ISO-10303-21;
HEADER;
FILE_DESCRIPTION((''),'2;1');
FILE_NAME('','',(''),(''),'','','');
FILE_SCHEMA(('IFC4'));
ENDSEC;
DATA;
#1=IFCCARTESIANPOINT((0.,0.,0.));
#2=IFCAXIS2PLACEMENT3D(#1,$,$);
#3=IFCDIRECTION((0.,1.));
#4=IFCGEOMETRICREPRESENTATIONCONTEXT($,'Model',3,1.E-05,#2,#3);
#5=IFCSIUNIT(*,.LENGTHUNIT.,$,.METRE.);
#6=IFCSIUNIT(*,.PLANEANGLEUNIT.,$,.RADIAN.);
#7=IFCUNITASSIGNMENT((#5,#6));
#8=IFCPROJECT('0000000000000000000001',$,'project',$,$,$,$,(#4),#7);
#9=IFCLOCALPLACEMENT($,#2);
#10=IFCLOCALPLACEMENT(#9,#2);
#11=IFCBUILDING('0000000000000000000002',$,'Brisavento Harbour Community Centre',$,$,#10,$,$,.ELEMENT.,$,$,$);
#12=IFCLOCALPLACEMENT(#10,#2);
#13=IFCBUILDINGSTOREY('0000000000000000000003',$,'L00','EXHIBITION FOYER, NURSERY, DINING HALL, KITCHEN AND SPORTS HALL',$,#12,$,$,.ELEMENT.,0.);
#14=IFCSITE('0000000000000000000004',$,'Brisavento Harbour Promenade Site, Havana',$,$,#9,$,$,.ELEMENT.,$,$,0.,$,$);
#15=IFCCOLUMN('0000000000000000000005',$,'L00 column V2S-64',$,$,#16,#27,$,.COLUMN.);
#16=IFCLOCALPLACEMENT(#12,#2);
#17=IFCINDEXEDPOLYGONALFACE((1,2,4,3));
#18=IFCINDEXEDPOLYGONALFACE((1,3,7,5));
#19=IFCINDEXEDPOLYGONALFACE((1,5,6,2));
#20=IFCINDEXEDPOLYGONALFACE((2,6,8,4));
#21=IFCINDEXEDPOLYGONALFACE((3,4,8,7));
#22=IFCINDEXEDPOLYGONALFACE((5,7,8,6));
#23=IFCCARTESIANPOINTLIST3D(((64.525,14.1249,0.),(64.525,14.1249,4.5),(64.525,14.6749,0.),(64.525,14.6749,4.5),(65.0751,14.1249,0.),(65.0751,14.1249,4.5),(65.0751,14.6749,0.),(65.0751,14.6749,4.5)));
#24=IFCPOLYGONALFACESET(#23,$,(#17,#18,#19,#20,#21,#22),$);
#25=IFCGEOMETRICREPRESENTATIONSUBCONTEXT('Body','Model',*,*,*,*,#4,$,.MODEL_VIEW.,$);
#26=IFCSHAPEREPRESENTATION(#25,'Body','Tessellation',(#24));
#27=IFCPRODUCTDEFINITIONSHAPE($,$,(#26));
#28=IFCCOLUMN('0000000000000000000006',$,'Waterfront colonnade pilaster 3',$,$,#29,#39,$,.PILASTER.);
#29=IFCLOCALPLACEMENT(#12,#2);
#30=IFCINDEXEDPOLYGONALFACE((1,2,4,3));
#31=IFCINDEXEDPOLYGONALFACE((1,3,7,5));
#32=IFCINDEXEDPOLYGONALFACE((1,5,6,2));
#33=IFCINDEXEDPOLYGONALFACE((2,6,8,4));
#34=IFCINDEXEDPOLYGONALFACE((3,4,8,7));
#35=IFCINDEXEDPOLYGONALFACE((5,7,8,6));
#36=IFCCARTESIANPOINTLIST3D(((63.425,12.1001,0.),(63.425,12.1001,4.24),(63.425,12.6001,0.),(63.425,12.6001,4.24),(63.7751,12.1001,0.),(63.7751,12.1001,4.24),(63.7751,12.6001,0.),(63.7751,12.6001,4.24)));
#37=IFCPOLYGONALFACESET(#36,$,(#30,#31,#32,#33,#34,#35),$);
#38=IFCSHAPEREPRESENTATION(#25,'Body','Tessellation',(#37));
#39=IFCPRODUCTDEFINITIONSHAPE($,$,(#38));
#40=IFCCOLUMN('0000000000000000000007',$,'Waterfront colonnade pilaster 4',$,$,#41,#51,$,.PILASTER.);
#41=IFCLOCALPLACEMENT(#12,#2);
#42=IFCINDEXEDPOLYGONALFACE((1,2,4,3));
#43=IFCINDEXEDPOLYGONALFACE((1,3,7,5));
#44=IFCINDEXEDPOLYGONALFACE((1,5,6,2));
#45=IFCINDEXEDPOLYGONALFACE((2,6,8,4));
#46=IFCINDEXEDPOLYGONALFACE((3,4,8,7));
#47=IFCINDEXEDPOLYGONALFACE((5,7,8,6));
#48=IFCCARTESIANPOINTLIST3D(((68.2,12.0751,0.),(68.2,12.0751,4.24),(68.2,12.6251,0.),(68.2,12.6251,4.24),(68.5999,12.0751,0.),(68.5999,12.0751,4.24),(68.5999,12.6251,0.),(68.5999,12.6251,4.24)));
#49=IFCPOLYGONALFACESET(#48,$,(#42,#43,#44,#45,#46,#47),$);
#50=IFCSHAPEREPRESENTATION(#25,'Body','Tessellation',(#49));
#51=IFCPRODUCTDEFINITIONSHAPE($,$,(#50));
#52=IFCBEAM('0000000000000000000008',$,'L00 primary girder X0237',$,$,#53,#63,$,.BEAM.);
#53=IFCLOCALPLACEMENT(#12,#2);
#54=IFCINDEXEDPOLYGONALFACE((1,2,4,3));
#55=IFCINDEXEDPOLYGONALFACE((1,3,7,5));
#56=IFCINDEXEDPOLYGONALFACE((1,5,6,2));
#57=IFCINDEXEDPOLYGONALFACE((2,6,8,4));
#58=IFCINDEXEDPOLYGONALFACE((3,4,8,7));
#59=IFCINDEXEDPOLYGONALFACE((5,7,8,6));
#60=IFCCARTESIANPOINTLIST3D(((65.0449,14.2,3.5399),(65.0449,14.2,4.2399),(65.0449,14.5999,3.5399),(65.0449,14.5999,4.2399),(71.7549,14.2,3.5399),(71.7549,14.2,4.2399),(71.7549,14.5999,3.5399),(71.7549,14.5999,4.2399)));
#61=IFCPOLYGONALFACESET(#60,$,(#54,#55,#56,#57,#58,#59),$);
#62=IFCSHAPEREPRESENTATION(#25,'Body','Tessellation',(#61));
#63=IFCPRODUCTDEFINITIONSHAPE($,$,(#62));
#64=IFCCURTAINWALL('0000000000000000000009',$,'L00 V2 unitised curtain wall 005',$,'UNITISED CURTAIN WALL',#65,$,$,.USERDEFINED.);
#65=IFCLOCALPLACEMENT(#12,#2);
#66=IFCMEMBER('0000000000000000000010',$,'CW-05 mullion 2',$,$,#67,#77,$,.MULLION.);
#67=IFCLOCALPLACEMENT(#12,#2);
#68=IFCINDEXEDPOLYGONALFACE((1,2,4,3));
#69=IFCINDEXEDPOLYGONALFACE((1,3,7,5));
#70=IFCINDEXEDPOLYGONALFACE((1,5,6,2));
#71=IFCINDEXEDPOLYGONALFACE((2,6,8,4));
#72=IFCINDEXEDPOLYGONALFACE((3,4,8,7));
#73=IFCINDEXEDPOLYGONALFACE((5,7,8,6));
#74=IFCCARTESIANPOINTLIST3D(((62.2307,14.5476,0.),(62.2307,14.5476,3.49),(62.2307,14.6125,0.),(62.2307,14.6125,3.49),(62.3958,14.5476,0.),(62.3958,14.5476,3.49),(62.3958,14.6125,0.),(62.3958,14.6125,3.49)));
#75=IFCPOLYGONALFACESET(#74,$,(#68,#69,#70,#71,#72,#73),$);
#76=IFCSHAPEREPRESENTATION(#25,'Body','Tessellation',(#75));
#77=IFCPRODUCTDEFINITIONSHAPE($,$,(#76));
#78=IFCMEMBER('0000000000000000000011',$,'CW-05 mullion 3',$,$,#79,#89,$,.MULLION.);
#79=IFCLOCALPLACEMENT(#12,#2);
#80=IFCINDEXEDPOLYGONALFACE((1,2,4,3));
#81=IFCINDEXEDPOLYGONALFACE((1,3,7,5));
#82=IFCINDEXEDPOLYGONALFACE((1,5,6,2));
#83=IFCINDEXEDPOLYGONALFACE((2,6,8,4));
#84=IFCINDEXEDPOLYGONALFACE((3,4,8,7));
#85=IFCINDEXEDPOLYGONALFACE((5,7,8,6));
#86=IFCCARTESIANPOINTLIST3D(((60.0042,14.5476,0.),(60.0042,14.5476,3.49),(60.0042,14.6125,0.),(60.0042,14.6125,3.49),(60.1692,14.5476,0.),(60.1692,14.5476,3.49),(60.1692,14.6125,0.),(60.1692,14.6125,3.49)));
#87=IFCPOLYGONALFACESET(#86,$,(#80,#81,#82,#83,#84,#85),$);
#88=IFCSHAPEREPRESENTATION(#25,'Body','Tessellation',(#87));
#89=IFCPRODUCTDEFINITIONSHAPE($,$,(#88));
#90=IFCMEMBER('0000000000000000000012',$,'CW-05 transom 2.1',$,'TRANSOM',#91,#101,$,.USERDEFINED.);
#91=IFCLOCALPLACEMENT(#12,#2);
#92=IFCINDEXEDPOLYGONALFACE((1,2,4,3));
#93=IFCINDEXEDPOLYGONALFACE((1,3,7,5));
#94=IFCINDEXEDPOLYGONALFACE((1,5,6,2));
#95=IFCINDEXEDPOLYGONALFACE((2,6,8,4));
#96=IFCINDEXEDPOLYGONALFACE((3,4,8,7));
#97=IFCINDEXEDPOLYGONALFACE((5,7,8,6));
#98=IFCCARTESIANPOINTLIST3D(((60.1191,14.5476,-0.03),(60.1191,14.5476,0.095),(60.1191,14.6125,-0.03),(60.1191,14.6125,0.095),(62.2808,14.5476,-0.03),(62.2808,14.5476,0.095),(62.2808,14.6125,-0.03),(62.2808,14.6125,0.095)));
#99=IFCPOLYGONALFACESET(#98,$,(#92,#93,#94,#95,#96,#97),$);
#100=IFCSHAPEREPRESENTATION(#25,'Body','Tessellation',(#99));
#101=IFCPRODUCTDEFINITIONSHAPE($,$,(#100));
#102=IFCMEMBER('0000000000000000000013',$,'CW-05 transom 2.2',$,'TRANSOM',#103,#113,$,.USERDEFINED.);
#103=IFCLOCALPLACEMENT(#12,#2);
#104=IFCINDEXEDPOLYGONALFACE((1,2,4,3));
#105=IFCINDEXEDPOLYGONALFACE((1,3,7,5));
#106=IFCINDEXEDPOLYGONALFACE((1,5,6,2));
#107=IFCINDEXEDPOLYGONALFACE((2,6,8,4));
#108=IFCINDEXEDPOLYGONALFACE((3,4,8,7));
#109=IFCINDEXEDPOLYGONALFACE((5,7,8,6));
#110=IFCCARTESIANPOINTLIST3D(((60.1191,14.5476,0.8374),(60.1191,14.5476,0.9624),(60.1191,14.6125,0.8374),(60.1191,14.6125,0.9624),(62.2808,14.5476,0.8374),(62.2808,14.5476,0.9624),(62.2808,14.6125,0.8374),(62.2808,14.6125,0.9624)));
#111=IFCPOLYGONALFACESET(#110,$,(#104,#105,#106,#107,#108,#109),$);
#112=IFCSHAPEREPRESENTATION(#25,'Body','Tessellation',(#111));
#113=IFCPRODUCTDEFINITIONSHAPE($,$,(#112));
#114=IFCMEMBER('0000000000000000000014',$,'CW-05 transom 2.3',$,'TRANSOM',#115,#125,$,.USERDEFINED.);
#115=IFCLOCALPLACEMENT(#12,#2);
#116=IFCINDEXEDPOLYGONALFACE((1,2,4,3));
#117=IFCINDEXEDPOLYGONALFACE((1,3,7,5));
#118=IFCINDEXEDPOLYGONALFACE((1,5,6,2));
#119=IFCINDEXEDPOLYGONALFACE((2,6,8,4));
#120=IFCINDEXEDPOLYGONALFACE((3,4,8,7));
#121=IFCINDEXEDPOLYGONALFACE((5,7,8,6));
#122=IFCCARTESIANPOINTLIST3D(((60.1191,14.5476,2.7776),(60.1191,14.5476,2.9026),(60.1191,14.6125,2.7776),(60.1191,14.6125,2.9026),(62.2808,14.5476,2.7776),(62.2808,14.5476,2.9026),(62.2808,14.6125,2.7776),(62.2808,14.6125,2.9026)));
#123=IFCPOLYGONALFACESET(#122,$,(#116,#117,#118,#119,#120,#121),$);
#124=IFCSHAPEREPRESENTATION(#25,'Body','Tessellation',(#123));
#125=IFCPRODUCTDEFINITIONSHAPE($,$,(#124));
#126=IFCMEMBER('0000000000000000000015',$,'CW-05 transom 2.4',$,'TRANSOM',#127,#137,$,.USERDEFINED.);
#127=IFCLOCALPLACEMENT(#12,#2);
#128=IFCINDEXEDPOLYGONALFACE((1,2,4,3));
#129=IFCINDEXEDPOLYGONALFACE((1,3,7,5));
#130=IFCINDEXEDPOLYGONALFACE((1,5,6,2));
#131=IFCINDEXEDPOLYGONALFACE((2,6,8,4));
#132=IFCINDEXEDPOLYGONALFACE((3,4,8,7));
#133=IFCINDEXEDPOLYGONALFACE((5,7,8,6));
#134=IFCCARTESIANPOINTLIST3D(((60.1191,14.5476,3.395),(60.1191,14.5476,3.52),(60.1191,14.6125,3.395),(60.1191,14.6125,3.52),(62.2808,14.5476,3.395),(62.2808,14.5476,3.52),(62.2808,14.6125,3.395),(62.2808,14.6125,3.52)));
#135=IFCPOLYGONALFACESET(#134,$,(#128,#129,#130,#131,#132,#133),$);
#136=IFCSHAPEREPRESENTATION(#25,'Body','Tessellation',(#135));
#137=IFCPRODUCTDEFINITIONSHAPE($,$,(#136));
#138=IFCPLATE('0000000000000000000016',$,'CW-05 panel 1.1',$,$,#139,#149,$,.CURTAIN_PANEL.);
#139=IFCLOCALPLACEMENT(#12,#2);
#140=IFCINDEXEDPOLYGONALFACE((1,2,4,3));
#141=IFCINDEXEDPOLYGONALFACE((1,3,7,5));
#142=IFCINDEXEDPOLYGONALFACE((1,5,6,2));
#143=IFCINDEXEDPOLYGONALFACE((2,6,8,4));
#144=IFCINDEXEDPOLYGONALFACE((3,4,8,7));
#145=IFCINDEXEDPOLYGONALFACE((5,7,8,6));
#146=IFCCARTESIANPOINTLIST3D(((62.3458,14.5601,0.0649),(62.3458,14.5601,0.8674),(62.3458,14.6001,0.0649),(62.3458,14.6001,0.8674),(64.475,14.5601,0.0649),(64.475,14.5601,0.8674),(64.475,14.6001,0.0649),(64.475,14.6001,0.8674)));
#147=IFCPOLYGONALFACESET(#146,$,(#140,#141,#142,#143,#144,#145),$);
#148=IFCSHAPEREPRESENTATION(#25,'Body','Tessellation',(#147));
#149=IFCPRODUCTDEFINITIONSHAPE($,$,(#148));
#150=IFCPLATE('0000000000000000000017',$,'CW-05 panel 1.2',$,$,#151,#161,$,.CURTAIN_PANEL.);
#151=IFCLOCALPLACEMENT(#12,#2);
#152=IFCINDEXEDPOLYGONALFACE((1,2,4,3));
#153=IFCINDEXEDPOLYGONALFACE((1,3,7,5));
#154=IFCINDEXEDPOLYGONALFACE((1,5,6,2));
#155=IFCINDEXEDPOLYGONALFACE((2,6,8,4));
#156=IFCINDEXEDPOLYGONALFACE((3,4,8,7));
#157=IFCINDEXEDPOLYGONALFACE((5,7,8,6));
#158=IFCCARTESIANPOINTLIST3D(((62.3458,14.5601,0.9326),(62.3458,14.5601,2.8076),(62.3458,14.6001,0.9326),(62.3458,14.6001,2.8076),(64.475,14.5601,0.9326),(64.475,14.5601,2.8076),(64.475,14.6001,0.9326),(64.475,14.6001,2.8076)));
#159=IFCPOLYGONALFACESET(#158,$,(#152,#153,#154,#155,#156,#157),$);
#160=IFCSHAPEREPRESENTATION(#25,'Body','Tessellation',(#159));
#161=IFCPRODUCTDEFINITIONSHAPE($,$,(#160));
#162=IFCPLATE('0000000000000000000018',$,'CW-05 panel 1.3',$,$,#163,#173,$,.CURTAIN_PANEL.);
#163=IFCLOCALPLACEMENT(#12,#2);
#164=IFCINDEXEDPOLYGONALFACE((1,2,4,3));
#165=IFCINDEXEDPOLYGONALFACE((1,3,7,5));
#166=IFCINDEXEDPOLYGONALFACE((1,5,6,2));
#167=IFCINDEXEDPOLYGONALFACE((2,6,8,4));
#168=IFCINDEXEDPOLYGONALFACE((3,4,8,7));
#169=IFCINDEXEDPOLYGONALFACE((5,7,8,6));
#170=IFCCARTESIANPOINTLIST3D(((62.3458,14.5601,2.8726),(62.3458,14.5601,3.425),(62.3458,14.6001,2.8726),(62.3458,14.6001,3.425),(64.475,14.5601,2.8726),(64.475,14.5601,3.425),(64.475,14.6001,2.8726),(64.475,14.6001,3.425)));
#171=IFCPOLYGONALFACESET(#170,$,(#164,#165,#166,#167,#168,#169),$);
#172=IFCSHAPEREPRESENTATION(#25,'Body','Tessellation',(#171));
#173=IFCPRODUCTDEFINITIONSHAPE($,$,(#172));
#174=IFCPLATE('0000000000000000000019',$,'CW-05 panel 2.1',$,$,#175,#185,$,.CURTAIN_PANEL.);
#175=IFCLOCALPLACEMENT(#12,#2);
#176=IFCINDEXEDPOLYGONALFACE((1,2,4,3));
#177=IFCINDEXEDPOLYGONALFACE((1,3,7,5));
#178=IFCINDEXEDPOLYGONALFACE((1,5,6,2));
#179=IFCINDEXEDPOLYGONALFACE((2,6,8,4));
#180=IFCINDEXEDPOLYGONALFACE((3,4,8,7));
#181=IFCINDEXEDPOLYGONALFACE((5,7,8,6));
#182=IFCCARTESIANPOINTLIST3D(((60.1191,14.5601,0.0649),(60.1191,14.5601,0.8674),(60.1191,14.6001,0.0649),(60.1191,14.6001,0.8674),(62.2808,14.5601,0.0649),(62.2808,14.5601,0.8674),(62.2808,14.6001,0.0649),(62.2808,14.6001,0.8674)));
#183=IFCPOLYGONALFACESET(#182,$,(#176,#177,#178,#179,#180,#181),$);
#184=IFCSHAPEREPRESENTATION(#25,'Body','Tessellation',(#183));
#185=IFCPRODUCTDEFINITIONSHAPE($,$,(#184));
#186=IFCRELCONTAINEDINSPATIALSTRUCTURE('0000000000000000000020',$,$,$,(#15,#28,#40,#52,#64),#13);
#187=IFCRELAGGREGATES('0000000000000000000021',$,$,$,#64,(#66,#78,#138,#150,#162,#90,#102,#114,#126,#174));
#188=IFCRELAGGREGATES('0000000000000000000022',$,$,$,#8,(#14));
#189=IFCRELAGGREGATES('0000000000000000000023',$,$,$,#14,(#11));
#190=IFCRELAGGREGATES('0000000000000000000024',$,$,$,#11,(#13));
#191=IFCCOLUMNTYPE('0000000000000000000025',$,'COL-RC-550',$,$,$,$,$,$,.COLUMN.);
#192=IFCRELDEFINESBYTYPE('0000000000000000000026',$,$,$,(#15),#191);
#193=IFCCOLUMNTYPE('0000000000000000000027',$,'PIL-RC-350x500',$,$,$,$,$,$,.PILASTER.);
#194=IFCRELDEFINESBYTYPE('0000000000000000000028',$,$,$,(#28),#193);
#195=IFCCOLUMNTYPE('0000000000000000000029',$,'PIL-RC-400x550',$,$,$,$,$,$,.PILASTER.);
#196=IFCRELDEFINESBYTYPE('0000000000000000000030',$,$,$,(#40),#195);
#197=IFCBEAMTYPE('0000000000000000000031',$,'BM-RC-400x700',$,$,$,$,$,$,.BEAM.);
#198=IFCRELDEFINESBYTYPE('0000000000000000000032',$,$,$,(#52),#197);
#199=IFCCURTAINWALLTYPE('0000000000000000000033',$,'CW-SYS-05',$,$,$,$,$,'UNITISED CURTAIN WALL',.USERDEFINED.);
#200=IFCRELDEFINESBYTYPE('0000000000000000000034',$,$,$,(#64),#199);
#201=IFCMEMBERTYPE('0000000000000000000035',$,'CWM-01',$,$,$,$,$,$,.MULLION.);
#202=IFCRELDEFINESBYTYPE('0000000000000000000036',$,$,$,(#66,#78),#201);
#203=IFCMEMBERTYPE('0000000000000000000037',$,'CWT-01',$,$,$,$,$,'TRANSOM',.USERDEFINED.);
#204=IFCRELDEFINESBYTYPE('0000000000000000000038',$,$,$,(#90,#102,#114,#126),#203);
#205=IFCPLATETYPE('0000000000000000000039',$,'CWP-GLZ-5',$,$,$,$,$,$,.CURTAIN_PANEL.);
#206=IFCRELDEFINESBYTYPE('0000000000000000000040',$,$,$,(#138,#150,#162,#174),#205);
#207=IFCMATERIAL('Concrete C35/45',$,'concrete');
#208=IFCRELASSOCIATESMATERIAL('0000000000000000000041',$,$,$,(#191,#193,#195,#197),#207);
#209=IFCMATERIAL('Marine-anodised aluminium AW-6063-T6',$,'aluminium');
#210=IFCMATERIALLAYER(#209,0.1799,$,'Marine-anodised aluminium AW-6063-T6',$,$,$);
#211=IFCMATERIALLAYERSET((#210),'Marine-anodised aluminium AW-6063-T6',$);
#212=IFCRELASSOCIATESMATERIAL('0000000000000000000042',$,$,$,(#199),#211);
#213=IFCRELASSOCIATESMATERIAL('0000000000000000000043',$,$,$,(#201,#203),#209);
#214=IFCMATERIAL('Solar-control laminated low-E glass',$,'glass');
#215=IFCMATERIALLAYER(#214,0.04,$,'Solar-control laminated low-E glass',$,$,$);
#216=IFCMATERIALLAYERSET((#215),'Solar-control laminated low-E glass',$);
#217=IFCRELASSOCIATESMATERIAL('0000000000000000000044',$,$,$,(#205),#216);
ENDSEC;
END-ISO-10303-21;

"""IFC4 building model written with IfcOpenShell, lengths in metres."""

from ifc_helpers import new_model, si_unit, direction, frame, origin, origin_2d, place, context, subcontext, project, spatial, rectangle, extrude, material, layer, layer_set, material_profile, profile_set, type_object, element, aggregate, save


model = new_model("IFC4")

# Units and contexts
model_context = context("Model", 3, precision=1e-05, world=origin(), true_north=direction((0.0, 1.0)))
body_context = subcontext(model_context, "Body", "Model", "MODEL_VIEW")
ifc_project = project(units=[si_unit("LENGTHUNIT", "METRE"), si_unit("PLANEANGLEUNIT", "RADIAN")], contexts=[model_context])

# Site, building, storey
site_placement = place(None, origin())
site = spatial("IfcSite", under=ifc_project, at=site_placement, Name="Brisavento Harbour Promenade Site, Havana", CompositionType="ELEMENT", RefElevation=0.0)
building_placement = place(site_placement, origin())
building = spatial("IfcBuilding", under=site, at=building_placement, Name="Brisavento Harbour Community Centre", CompositionType="ELEMENT")
storey_placement = place(building_placement, origin())
storey = spatial("IfcBuildingStorey", under=building, at=storey_placement, Name="L00", Description="EXHIBITION FOYER, NURSERY, DINING HALL, KITCHEN AND SPORTS HALL", CompositionType="ELEMENT", Elevation=0.0)

# Columns
ifc_material_1 = material(Name="Concrete C35/45", Category="concrete")
ifc_material_profile_1 = material_profile(ifc_material_1, rectangle(XDim=0.55, YDim=0.55, at=origin_2d()), Name="Concrete C35/45")
ifc_profile_set_1 = profile_set([ifc_material_profile_1], Name="Concrete C35/45")
column_type_1 = type_object("IfcColumnType", Name="COL-RC-550", PredefinedType="COLUMN", material=ifc_profile_set_1)
column_1_placement = place(storey_placement, frame((64.8, 14.3999, 0.0), z_axis=(0.0, 0.0, 1.0), x_axis=(1.0, 0.0, 0.0)))
element("IfcColumn", 1, at=column_1_placement, inside=storey, type_object=column_type_1, Name="L00 column V2S-64", PredefinedType="COLUMN", context=body_context, shape_type="SweptSolid", body=[
    extrude(rectangle(XDim=0.55, YDim=0.55, at=origin_2d()), origin(), (0.0, 0.0, 1.0), 4.5),
])
ifc_material_profile_2 = material_profile(ifc_material_1, rectangle(XDim=0.3501, YDim=0.5, at=origin_2d()), Name="Concrete C35/45")
ifc_profile_set_2 = profile_set([ifc_material_profile_2], Name="Concrete C35/45")
column_type_2 = type_object("IfcColumnType", Name="PIL-RC-350x500", PredefinedType="PILASTER", material=ifc_profile_set_2)
column_2_placement = place(storey_placement, frame((63.6001, 12.3501, 0.0), z_axis=(0.0, 0.0, 1.0), x_axis=(1.0, 0.0, 0.0)))
element("IfcColumn", 2, at=column_2_placement, inside=storey, type_object=column_type_2, Name="Waterfront colonnade pilaster 3", PredefinedType="PILASTER", context=body_context, shape_type="SweptSolid", body=[
    extrude(rectangle(XDim=0.3501, YDim=0.5, at=origin_2d()), origin(), (0.0, 0.0, 1.0), 4.24),
])
ifc_material_profile_3 = material_profile(ifc_material_1, rectangle(XDim=0.3999, YDim=0.55, at=origin_2d()), Name="Concrete C35/45")
ifc_profile_set_3 = profile_set([ifc_material_profile_3], Name="Concrete C35/45")
column_type_3 = type_object("IfcColumnType", Name="PIL-RC-400x550", PredefinedType="PILASTER", material=ifc_profile_set_3)
column_3_placement = place(storey_placement, frame((68.3999, 12.3501, 0.0), z_axis=(0.0, 0.0, 1.0), x_axis=(1.0, 0.0, 0.0)))
element("IfcColumn", 3, at=column_3_placement, inside=storey, type_object=column_type_3, Name="Waterfront colonnade pilaster 4", PredefinedType="PILASTER", context=body_context, shape_type="SweptSolid", body=[
    extrude(rectangle(XDim=0.3999, YDim=0.55, at=origin_2d()), origin(), (0.0, 0.0, 1.0), 4.24),
])

# Beam
ifc_material_profile_4 = material_profile(ifc_material_1, rectangle(XDim=0.3999, YDim=0.7, at=origin_2d()), Name="Concrete C35/45")
ifc_profile_set_4 = profile_set([ifc_material_profile_4], Name="Concrete C35/45")
beam_type = type_object("IfcBeamType", Name="BM-RC-400x700", PredefinedType="BEAM", material=ifc_profile_set_4)
beam_placement = place(storey_placement, frame((65.0449, 14.3999, 3.8899), z_axis=(1.0, 0.0, 0.0), x_axis=(0.0, 1.0, 0.0)))
element("IfcBeam", 4, at=beam_placement, inside=storey, type_object=beam_type, Name="L00 primary girder X0237", PredefinedType="BEAM", context=body_context, shape_type="SweptSolid", body=[
    extrude(rectangle(XDim=0.3999, YDim=0.7, at=origin_2d()), origin(), (0.0, 0.0, 1.0), 6.71),
])

# Curtain wall, members, plates
ifc_material_2 = material(Name="Marine-anodised aluminium AW-6063-T6", Category="aluminium")
ifc_layer_1 = layer(ifc_material_2, 0.1799, Name="Marine-anodised aluminium AW-6063-T6")
ifc_layer_set_1 = layer_set([ifc_layer_1], Name="Marine-anodised aluminium AW-6063-T6")
curtain_wall_type = type_object("IfcCurtainWallType", Name="CW-SYS-05", ElementType="UNITISED CURTAIN WALL", PredefinedType="USERDEFINED", material=ifc_layer_set_1)
curtain_wall_placement = place(storey_placement, origin())
curtain_wall = element("IfcCurtainWall", 5, at=curtain_wall_placement, inside=storey, type_object=curtain_wall_type, Name="L00 V2 unitised curtain wall 005", ObjectType="UNITISED CURTAIN WALL", PredefinedType="USERDEFINED")
ifc_material_profile_5 = material_profile(ifc_material_2, rectangle(XDim=0.0649, YDim=0.165, at=origin_2d()), Name="Marine-anodised aluminium AW-6063-T6")
ifc_profile_set_5 = profile_set([ifc_material_profile_5], Name="Marine-anodised aluminium AW-6063-T6")
member_type_1 = type_object("IfcMemberType", Name="CWM-01", PredefinedType="MULLION", material=ifc_profile_set_5)
member_1_placement = place(storey_placement, frame((62.3132, 14.5801, 0.0), z_axis=(0.0, 0.0, 1.0), x_axis=(0.0, -1.0, 0.0)))
member_1 = element("IfcMember", 6, at=member_1_placement, type_object=member_type_1, Name="CW-05 mullion 2", PredefinedType="MULLION", context=body_context, shape_type="SweptSolid", body=[
    extrude(rectangle(XDim=0.0649, YDim=0.165, at=origin_2d()), origin(), (0.0, 0.0, 1.0), 3.49),
])
member_2_placement = place(storey_placement, frame((60.0867, 14.5801, 0.0), z_axis=(0.0, 0.0, 1.0), x_axis=(0.0, -1.0, 0.0)))
member_2 = element("IfcMember", 7, at=member_2_placement, type_object=member_type_1, Name="CW-05 mullion 3", PredefinedType="MULLION", context=body_context, shape_type="SweptSolid", body=[
    extrude(rectangle(XDim=0.0649, YDim=0.165, at=origin_2d()), origin(), (0.0, 0.0, 1.0), 3.49),
])
ifc_material_profile_6 = material_profile(ifc_material_2, rectangle(XDim=0.0649, YDim=0.125, at=origin_2d()), Name="Marine-anodised aluminium AW-6063-T6")
ifc_profile_set_6 = profile_set([ifc_material_profile_6], Name="Marine-anodised aluminium AW-6063-T6")
member_type_2 = type_object("IfcMemberType", Name="CWT-01", ElementType="TRANSOM", PredefinedType="USERDEFINED", material=ifc_profile_set_6)
member_3_placement = place(storey_placement, frame((62.2808, 14.5801, 0.0325), z_axis=(-1.0, 0.0, 0.0), x_axis=(0.0, -1.0, 0.0)))
member_3 = element("IfcMember", 8, at=member_3_placement, type_object=member_type_2, Name="CW-05 transom 2.1", ObjectType="TRANSOM", PredefinedType="USERDEFINED", context=body_context, shape_type="SweptSolid", body=[
    extrude(rectangle(XDim=0.0649, YDim=0.125, at=origin_2d()), origin(), (0.0, 0.0, 1.0), 2.1616),
])
member_4_placement = place(storey_placement, frame((62.2808, 14.5801, 0.8999), z_axis=(-1.0, 0.0, 0.0), x_axis=(0.0, -1.0, 0.0)))
member_4 = element("IfcMember", 9, at=member_4_placement, type_object=member_type_2, Name="CW-05 transom 2.2", ObjectType="TRANSOM", PredefinedType="USERDEFINED", context=body_context, shape_type="SweptSolid", body=[
    extrude(rectangle(XDim=0.0649, YDim=0.125, at=origin_2d()), origin(), (0.0, 0.0, 1.0), 2.1616),
])
member_5_placement = place(storey_placement, frame((62.2808, 14.5801, 2.8401), z_axis=(-1.0, 0.0, 0.0), x_axis=(0.0, -1.0, 0.0)))
member_5 = element("IfcMember", 10, at=member_5_placement, type_object=member_type_2, Name="CW-05 transom 2.3", ObjectType="TRANSOM", PredefinedType="USERDEFINED", context=body_context, shape_type="SweptSolid", body=[
    extrude(rectangle(XDim=0.0649, YDim=0.125, at=origin_2d()), origin(), (0.0, 0.0, 1.0), 2.1616),
])
member_6_placement = place(storey_placement, frame((62.2808, 14.5801, 3.4575), z_axis=(-1.0, 0.0, 0.0), x_axis=(0.0, -1.0, 0.0)))
member_6 = element("IfcMember", 11, at=member_6_placement, type_object=member_type_2, Name="CW-05 transom 2.4", ObjectType="TRANSOM", PredefinedType="USERDEFINED", context=body_context, shape_type="SweptSolid", body=[
    extrude(rectangle(XDim=0.0649, YDim=0.125, at=origin_2d()), origin(), (0.0, 0.0, 1.0), 2.1616),
])
ifc_material_3 = material(Name="Solar-control laminated low-E glass", Category="glass")
ifc_layer_2 = layer(ifc_material_3, 0.04, Name="Solar-control laminated low-E glass")
ifc_layer_set_2 = layer_set([ifc_layer_2], Name="Solar-control laminated low-E glass")
plate_type = type_object("IfcPlateType", Name="CWP-GLZ-5", PredefinedType="CURTAIN_PANEL", material=ifc_layer_set_2)
plate_1_placement = place(storey_placement, frame((63.4104, 14.5801, 0.0649), z_axis=(0.0, 0.0, 1.0), x_axis=(-1.0, 0.0, 0.0)))
plate_1 = element("IfcPlate", 12, at=plate_1_placement, type_object=plate_type, Name="CW-05 panel 1.1", PredefinedType="CURTAIN_PANEL", context=body_context, shape_type="SweptSolid", body=[
    extrude(rectangle(XDim=2.1292, YDim=0.04, at=origin_2d()), origin(), (0.0, 0.0, 1.0), 0.8025),
])
plate_2_placement = place(storey_placement, frame((63.4104, 14.5801, 0.9326), z_axis=(0.0, 0.0, 1.0), x_axis=(-1.0, 0.0, 0.0)))
plate_2 = element("IfcPlate", 13, at=plate_2_placement, type_object=plate_type, Name="CW-05 panel 1.2", PredefinedType="CURTAIN_PANEL", context=body_context, shape_type="SweptSolid", body=[
    extrude(rectangle(XDim=2.1292, YDim=0.04, at=origin_2d()), origin(), (0.0, 0.0, 1.0), 1.875),
])
plate_3_placement = place(storey_placement, frame((63.4104, 14.5801, 2.8726), z_axis=(0.0, 0.0, 1.0), x_axis=(-1.0, 0.0, 0.0)))
plate_3 = element("IfcPlate", 14, at=plate_3_placement, type_object=plate_type, Name="CW-05 panel 1.3", PredefinedType="CURTAIN_PANEL", context=body_context, shape_type="SweptSolid", body=[
    extrude(rectangle(XDim=2.1292, YDim=0.04, at=origin_2d()), origin(), (0.0, 0.0, 1.0), 0.5525),
])
plate_4_placement = place(storey_placement, frame((61.2, 14.5801, 0.0649), z_axis=(0.0, 0.0, 1.0), x_axis=(-1.0, 0.0, 0.0)))
plate_4 = element("IfcPlate", 15, at=plate_4_placement, type_object=plate_type, Name="CW-05 panel 2.1", PredefinedType="CURTAIN_PANEL", context=body_context, shape_type="SweptSolid", body=[
    extrude(rectangle(XDim=2.1616, YDim=0.04, at=origin_2d()), origin(), (0.0, 0.0, 1.0), 0.8025),
])
aggregate(curtain_wall, [member_1, member_2, plate_1, plate_2, plate_3, member_3, member_4, member_5, member_6, plate_4])

save(model, "model.ifc")
